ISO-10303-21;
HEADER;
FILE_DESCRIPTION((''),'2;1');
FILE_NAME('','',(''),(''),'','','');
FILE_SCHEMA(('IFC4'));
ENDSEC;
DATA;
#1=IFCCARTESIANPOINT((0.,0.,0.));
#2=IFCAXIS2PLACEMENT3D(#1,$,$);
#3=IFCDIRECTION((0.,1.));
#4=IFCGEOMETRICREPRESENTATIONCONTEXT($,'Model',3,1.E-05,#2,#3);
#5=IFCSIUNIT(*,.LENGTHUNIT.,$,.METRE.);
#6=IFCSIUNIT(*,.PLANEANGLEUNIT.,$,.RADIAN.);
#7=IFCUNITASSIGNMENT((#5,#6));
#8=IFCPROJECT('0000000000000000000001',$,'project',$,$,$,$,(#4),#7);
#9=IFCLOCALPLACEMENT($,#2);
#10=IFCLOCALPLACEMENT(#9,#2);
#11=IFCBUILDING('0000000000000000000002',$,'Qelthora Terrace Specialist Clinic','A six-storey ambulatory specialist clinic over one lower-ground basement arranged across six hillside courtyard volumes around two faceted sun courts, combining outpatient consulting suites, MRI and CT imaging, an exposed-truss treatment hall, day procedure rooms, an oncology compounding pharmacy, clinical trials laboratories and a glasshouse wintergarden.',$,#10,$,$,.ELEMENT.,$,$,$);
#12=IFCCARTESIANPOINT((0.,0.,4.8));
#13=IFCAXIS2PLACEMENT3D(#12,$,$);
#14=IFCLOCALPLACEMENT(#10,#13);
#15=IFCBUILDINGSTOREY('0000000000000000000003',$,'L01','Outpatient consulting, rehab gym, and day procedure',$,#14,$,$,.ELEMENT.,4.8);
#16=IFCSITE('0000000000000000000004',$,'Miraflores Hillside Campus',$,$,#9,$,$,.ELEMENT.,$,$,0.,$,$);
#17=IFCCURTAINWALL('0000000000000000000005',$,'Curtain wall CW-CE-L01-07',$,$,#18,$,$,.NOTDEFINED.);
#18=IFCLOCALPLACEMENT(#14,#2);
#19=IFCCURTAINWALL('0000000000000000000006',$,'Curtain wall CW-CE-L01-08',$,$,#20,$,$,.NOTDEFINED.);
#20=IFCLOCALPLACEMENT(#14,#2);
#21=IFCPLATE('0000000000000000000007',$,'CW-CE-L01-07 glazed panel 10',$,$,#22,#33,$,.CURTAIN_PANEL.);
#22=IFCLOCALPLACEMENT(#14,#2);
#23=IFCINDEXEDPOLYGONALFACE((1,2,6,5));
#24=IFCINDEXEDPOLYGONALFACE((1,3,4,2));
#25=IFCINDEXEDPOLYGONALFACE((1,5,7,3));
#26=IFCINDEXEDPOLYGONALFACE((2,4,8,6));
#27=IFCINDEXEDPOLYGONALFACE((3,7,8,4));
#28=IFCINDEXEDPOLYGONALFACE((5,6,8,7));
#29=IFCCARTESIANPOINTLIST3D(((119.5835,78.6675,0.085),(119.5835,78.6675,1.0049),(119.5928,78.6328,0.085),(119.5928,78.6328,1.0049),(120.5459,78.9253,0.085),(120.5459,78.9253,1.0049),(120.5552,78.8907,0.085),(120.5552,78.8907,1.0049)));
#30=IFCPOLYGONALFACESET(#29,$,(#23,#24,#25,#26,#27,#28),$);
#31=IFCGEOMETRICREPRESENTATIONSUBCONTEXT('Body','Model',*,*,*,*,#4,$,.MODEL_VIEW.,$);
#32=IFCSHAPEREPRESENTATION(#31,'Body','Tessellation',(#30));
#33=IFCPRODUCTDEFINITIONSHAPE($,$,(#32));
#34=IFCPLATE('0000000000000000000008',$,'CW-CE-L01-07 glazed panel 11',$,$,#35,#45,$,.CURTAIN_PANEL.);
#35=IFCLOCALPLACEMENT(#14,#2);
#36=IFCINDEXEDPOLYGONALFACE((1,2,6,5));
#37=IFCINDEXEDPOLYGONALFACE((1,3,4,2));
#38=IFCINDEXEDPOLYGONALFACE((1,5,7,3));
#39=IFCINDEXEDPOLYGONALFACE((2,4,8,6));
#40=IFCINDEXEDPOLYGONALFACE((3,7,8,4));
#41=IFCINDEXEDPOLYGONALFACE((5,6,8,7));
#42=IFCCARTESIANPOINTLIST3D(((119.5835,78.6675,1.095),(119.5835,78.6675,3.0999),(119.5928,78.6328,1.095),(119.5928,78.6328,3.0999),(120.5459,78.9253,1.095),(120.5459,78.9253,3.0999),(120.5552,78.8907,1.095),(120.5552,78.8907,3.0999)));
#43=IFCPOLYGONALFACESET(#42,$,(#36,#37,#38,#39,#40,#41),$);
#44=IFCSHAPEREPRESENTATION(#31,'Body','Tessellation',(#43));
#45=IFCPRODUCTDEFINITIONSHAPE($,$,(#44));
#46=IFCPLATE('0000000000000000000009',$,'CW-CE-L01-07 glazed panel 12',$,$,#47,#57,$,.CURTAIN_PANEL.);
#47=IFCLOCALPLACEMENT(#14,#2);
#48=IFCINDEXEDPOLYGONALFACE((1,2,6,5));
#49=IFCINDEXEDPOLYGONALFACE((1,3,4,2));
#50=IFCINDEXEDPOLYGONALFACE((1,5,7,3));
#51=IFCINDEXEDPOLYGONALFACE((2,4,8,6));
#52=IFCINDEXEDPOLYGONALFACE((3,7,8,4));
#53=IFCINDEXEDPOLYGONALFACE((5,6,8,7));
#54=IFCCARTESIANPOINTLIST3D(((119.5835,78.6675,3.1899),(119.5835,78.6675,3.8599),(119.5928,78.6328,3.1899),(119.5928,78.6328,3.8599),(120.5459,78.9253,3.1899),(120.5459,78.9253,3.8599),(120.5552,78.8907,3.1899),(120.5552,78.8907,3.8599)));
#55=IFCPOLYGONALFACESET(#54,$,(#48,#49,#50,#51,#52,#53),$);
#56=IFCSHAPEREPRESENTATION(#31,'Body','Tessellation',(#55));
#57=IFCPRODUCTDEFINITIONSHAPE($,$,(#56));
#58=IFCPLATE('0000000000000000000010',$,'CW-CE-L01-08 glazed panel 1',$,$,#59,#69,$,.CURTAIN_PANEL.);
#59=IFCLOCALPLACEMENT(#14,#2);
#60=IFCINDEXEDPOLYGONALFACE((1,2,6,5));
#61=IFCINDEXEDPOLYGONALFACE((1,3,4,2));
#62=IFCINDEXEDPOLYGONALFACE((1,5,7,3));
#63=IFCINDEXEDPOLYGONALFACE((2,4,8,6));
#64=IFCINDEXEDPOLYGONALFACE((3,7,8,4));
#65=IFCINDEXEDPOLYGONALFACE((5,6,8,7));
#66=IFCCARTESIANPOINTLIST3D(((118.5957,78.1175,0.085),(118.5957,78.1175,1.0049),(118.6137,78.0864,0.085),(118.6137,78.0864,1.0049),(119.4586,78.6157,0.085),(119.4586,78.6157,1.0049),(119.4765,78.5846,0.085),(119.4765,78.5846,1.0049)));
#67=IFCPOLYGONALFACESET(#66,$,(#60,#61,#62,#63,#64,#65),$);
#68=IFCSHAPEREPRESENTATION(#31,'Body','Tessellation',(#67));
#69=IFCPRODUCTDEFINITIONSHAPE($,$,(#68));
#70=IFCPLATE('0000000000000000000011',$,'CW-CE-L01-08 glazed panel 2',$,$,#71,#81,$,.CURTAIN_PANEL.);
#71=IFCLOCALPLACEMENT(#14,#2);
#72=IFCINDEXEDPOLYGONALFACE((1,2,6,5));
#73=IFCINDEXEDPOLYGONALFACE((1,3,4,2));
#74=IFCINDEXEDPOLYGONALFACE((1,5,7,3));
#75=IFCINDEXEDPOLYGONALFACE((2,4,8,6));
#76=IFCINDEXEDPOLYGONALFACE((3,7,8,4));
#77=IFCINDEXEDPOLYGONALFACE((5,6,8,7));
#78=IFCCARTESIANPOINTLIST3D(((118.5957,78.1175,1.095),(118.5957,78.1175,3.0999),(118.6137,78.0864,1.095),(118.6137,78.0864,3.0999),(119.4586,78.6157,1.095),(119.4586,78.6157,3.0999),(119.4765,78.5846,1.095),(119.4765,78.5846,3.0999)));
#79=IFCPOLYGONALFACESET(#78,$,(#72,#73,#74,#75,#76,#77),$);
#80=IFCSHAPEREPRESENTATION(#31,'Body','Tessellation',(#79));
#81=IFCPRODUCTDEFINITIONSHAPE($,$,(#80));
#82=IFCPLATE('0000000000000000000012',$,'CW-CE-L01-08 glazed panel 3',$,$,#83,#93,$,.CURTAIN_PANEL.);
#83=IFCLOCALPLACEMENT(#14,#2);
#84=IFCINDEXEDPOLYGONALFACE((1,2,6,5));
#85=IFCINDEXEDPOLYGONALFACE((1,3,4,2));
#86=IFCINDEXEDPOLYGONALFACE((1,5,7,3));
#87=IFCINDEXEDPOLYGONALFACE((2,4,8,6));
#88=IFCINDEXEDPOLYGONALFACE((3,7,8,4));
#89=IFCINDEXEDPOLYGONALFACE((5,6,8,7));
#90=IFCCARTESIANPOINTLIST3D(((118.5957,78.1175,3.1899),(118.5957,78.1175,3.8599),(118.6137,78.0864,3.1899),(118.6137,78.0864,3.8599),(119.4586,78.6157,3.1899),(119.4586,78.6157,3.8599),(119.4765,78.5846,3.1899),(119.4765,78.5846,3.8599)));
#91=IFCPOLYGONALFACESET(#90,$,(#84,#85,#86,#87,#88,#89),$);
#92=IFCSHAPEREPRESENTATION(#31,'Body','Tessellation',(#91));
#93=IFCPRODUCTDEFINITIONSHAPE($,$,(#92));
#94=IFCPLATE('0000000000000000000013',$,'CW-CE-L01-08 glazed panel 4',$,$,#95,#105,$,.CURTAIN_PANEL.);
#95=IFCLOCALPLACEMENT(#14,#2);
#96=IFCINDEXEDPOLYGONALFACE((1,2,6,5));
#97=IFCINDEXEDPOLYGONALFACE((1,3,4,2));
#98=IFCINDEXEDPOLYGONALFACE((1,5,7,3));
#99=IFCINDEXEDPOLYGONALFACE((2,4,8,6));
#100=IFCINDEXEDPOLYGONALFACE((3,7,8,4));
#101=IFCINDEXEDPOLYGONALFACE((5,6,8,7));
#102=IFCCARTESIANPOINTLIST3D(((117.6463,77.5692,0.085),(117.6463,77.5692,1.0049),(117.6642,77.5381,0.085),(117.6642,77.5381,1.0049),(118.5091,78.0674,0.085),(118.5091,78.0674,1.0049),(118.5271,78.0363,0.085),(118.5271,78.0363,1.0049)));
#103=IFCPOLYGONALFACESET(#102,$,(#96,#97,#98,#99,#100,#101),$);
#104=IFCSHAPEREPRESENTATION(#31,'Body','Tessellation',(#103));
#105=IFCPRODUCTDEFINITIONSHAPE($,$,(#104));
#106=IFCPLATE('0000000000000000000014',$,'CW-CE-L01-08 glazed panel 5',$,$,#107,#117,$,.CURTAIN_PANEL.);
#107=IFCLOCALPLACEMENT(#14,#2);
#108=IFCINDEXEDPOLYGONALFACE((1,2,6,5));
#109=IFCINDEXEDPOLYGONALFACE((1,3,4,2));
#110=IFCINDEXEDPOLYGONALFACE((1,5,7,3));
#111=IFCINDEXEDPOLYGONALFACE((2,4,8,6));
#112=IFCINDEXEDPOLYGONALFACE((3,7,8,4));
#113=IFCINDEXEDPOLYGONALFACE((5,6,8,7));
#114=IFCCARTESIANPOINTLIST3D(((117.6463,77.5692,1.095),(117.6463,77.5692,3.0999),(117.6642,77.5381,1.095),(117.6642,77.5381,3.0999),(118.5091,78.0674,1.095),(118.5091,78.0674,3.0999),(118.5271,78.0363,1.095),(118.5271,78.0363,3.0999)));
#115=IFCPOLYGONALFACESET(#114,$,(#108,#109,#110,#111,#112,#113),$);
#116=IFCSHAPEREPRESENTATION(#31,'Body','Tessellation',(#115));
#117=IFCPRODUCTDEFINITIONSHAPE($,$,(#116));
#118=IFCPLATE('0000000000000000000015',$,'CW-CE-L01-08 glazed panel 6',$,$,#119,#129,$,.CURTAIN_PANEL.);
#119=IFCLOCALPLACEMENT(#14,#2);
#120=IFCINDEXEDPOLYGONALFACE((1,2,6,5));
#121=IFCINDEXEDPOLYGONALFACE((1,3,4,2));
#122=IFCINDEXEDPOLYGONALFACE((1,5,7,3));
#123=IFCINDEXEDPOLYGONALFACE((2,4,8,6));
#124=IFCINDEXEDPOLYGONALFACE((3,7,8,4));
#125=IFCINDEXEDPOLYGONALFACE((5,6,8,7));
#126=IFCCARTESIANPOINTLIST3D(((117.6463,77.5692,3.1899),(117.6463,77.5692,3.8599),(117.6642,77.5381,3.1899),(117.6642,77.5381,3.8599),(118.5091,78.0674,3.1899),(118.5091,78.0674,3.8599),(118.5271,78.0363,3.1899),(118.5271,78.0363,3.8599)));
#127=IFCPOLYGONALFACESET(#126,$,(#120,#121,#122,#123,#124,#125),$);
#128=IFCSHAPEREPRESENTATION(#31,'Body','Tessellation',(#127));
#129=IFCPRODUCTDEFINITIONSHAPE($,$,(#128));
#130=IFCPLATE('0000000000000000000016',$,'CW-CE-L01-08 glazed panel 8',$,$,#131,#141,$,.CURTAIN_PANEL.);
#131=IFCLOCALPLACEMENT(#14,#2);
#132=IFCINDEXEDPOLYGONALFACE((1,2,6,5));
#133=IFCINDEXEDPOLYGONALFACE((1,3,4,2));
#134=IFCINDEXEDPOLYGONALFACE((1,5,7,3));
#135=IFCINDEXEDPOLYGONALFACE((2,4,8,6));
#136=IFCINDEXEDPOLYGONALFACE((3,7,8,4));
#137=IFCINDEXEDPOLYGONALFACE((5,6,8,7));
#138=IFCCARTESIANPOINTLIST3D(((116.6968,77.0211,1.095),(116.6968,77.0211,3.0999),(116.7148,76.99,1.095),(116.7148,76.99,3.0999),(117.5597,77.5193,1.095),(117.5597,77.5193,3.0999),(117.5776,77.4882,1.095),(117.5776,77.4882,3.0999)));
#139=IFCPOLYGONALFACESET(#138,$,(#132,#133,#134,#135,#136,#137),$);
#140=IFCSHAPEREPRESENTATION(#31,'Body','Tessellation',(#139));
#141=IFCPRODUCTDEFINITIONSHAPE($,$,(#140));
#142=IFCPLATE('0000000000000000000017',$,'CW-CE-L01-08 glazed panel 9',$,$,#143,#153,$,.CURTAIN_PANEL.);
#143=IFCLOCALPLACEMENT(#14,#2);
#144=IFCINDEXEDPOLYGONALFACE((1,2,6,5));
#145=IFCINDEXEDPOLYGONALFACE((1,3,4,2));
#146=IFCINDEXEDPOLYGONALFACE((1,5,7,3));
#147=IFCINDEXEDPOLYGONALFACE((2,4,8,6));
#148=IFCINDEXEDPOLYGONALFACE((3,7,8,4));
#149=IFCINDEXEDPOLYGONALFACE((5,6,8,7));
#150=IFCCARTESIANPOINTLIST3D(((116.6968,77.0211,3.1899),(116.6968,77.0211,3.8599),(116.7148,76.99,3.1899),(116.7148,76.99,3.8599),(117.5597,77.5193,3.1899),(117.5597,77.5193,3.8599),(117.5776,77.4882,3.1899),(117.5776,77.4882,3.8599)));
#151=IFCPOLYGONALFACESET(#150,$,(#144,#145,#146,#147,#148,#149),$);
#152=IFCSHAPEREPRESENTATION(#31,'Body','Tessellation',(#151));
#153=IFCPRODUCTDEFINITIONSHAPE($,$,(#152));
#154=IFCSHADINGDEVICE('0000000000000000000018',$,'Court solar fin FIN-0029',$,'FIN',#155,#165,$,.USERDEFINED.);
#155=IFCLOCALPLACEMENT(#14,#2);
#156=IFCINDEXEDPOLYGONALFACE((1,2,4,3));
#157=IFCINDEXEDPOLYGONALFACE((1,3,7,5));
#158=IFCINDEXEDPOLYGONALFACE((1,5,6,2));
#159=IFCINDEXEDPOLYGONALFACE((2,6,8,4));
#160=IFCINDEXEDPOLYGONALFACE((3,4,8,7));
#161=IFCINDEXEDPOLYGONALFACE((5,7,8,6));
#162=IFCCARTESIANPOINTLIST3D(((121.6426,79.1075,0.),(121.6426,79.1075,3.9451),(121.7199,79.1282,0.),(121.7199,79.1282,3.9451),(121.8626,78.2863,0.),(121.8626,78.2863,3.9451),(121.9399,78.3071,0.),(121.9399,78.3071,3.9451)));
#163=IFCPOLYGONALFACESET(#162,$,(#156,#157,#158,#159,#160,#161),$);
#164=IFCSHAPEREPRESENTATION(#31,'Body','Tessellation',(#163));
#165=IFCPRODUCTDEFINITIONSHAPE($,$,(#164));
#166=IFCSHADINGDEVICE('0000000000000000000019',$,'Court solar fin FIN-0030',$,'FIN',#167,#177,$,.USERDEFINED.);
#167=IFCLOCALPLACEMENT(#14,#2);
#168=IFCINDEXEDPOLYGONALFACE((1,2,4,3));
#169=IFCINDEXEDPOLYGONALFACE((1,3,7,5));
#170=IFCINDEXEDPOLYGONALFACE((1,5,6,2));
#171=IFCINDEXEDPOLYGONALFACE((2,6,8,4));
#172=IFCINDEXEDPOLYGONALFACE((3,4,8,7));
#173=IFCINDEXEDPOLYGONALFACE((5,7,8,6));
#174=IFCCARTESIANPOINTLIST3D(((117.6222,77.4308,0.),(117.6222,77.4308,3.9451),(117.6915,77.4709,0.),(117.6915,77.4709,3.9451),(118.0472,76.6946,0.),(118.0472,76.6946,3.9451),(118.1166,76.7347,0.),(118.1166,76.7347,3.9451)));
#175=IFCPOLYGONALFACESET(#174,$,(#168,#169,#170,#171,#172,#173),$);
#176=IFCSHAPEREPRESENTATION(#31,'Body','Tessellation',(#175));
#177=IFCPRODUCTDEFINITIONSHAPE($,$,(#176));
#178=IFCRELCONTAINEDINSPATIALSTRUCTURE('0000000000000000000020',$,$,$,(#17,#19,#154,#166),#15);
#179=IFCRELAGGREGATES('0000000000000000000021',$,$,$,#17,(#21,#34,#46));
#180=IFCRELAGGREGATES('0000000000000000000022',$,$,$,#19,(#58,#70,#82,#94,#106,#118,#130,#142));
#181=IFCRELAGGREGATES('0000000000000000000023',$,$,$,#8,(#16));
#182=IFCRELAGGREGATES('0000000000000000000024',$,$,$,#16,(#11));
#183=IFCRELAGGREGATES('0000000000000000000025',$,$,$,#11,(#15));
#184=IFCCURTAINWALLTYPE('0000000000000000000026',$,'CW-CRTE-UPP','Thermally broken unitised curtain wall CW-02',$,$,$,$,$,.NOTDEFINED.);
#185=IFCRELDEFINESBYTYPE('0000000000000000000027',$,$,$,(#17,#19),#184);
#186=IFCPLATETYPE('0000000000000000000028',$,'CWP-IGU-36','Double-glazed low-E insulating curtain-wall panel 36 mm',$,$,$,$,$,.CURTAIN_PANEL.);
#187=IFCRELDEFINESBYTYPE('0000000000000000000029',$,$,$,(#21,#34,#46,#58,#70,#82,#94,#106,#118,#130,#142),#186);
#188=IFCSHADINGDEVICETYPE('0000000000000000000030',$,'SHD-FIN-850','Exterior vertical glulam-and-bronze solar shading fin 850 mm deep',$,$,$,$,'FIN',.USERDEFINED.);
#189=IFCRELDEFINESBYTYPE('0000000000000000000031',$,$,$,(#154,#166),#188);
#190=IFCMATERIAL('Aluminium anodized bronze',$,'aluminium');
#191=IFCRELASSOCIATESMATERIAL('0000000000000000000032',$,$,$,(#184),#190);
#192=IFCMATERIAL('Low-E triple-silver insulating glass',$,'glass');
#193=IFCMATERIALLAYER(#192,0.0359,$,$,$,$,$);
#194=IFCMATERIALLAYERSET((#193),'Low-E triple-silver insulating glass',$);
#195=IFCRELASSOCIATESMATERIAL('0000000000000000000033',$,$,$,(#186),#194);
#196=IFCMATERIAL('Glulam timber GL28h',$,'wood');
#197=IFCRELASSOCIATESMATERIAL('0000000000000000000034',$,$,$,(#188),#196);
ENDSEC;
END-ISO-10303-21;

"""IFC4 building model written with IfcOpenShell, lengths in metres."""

from ifc_helpers import new_model, si_unit, direction, frame, origin, origin_2d, place, context, subcontext, project, spatial, rectangle, extrude, material, layer, layer_set, type_object, element, aggregate, save


model = new_model("IFC4")

# Units and contexts
model_context = context("Model", 3, precision=1e-05, world=origin(), true_north=direction((0.0, 1.0)))
body_context = subcontext(model_context, "Body", "Model", "MODEL_VIEW")
ifc_project = project(units=[si_unit("LENGTHUNIT", "METRE"), si_unit("PLANEANGLEUNIT", "RADIAN")], contexts=[model_context])

# Site, building, storey
site_placement = place(None, origin())
site = spatial("IfcSite", under=ifc_project, at=site_placement, Name="Miraflores Hillside Campus", CompositionType="ELEMENT", RefElevation=0.0)
building_placement = place(site_placement, origin())
building = spatial("IfcBuilding", under=site, at=building_placement, Name="Qelthora Terrace Specialist Clinic", Description="A six-storey ambulatory specialist clinic over one lower-ground basement arranged across six hillside courtyard volumes around two faceted sun courts, combining outpatient consulting suites, MRI and CT imaging, an exposed-truss treatment hall, day procedure rooms, an oncology compounding pharmacy, clinical trials laboratories and a glasshouse wintergarden.", CompositionType="ELEMENT")
storey_placement = place(building_placement, frame((0.0, 0.0, 4.8)))
storey = spatial("IfcBuildingStorey", under=building, at=storey_placement, Name="L01", Description="Outpatient consulting, rehab gym, and day procedure", CompositionType="ELEMENT", Elevation=4.8)

# Curtain walls
ifc_material_1 = material(Name="Aluminium anodized bronze", Category="aluminium")
curtain_wall_type = type_object("IfcCurtainWallType", Name="CW-CRTE-UPP", Description="Thermally broken unitised curtain wall CW-02", PredefinedType="NOTDEFINED", material=ifc_material_1)
curtain_wall_1_placement = place(storey_placement, origin())
curtain_wall_1 = element("IfcCurtainWall", 1, at=curtain_wall_1_placement, inside=storey, type_object=curtain_wall_type, Name="Curtain wall CW-CE-L01-07", PredefinedType="NOTDEFINED")
curtain_wall_2_placement = place(storey_placement, origin())
curtain_wall_2 = element("IfcCurtainWall", 2, at=curtain_wall_2_placement, inside=storey, type_object=curtain_wall_type, Name="Curtain wall CW-CE-L01-08", PredefinedType="NOTDEFINED")

# Plates
ifc_material_2 = material(Name="Low-E triple-silver insulating glass", Category="glass")
ifc_layer = layer(ifc_material_2, 0.0359)
ifc_layer_set = layer_set([ifc_layer], Name="Low-E triple-silver insulating glass")
plate_type = type_object("IfcPlateType", Name="CWP-IGU-36", Description="Double-glazed low-E insulating curtain-wall panel 36 mm", PredefinedType="CURTAIN_PANEL", material=ifc_layer_set)
plate_1_placement = place(storey_placement, frame((120.0693, 78.7791, 0.085), z_axis=(0.0, 0.0, 1.0), x_axis=(-0.965926, -0.258819, 0.0)))
plate_1 = element("IfcPlate", 3, at=plate_1_placement, type_object=plate_type, Name="CW-CE-L01-07 glazed panel 10", PredefinedType="CURTAIN_PANEL", context=body_context, shape_type="SweptSolid", body=[
    extrude(rectangle(XDim=0.9963, YDim=0.0359, at=origin_2d()), origin(), (0.0, 0.0, 1.0), 0.9199),
])
plate_2_placement = place(storey_placement, frame((120.0693, 78.7791, 1.095), z_axis=(0.0, 0.0, 1.0), x_axis=(-0.965926, -0.258819, 0.0)))
plate_2 = element("IfcPlate", 4, at=plate_2_placement, type_object=plate_type, Name="CW-CE-L01-07 glazed panel 11", PredefinedType="CURTAIN_PANEL", context=body_context, shape_type="SweptSolid", body=[
    extrude(rectangle(XDim=0.9963, YDim=0.0359, at=origin_2d()), origin(), (0.0, 0.0, 1.0), 2.0049),
])
plate_3_placement = place(storey_placement, frame((120.0693, 78.7791, 3.1899), z_axis=(0.0, 0.0, 1.0), x_axis=(-0.965926, -0.258819, 0.0)))
plate_3 = element("IfcPlate", 5, at=plate_3_placement, type_object=plate_type, Name="CW-CE-L01-07 glazed panel 12", PredefinedType="CURTAIN_PANEL", context=body_context, shape_type="SweptSolid", body=[
    extrude(rectangle(XDim=0.9963, YDim=0.0359, at=origin_2d()), origin(), (0.0, 0.0, 1.0), 0.6699),
])
aggregate(curtain_wall_1, [plate_1, plate_2, plate_3])
plate_4_placement = place(storey_placement, frame((119.0361, 78.3511, 0.085), z_axis=(0.0, 0.0, 1.0), x_axis=(-0.866025, -0.5, 0.0)))
plate_4 = element("IfcPlate", 6, at=plate_4_placement, type_object=plate_type, Name="CW-CE-L01-08 glazed panel 1", PredefinedType="CURTAIN_PANEL", context=body_context, shape_type="SweptSolid", body=[
    extrude(rectangle(XDim=0.9963, YDim=0.0359, at=origin_2d()), origin(), (0.0, 0.0, 1.0), 0.9199),
])
plate_5_placement = place(storey_placement, frame((119.0361, 78.3511, 1.095), z_axis=(0.0, 0.0, 1.0), x_axis=(-0.866025, -0.5, 0.0)))
plate_5 = element("IfcPlate", 7, at=plate_5_placement, type_object=plate_type, Name="CW-CE-L01-08 glazed panel 2", PredefinedType="CURTAIN_PANEL", context=body_context, shape_type="SweptSolid", body=[
    extrude(rectangle(XDim=0.9963, YDim=0.0359, at=origin_2d()), origin(), (0.0, 0.0, 1.0), 2.0049),
])
plate_6_placement = place(storey_placement, frame((119.0361, 78.3511, 3.1899), z_axis=(0.0, 0.0, 1.0), x_axis=(-0.866025, -0.5, 0.0)))
plate_6 = element("IfcPlate", 8, at=plate_6_placement, type_object=plate_type, Name="CW-CE-L01-08 glazed panel 3", PredefinedType="CURTAIN_PANEL", context=body_context, shape_type="SweptSolid", body=[
    extrude(rectangle(XDim=0.9963, YDim=0.0359, at=origin_2d()), origin(), (0.0, 0.0, 1.0), 0.6699),
])
plate_7_placement = place(storey_placement, frame((118.0867, 77.8027, 0.085), z_axis=(0.0, 0.0, 1.0), x_axis=(-0.866025, -0.5, 0.0)))
plate_7 = element("IfcPlate", 9, at=plate_7_placement, type_object=plate_type, Name="CW-CE-L01-08 glazed panel 4", PredefinedType="CURTAIN_PANEL", context=body_context, shape_type="SweptSolid", body=[
    extrude(rectangle(XDim=0.9963, YDim=0.0359, at=origin_2d()), origin(), (0.0, 0.0, 1.0), 0.9199),
])
plate_8_placement = place(storey_placement, frame((118.0867, 77.8027, 1.095), z_axis=(0.0, 0.0, 1.0), x_axis=(-0.866025, -0.5, 0.0)))
plate_8 = element("IfcPlate", 10, at=plate_8_placement, type_object=plate_type, Name="CW-CE-L01-08 glazed panel 5", PredefinedType="CURTAIN_PANEL", context=body_context, shape_type="SweptSolid", body=[
    extrude(rectangle(XDim=0.9963, YDim=0.0359, at=origin_2d()), origin(), (0.0, 0.0, 1.0), 2.0049),
])
plate_9_placement = place(storey_placement, frame((118.0867, 77.8027, 3.1899), z_axis=(0.0, 0.0, 1.0), x_axis=(-0.866025, -0.5, 0.0)))
plate_9 = element("IfcPlate", 11, at=plate_9_placement, type_object=plate_type, Name="CW-CE-L01-08 glazed panel 6", PredefinedType="CURTAIN_PANEL", context=body_context, shape_type="SweptSolid", body=[
    extrude(rectangle(XDim=0.9963, YDim=0.0359, at=origin_2d()), origin(), (0.0, 0.0, 1.0), 0.6699),
])
plate_10_placement = place(storey_placement, frame((117.1372, 77.2546, 1.095), z_axis=(0.0, 0.0, 1.0), x_axis=(-0.866025, -0.5, 0.0)))
plate_10 = element("IfcPlate", 12, at=plate_10_placement, type_object=plate_type, Name="CW-CE-L01-08 glazed panel 8", PredefinedType="CURTAIN_PANEL", context=body_context, shape_type="SweptSolid", body=[
    extrude(rectangle(XDim=0.9963, YDim=0.0359, at=origin_2d()), origin(), (0.0, 0.0, 1.0), 2.0049),
])
plate_11_placement = place(storey_placement, frame((117.1372, 77.2546, 3.1899), z_axis=(0.0, 0.0, 1.0), x_axis=(-0.866025, -0.5, 0.0)))
plate_11 = element("IfcPlate", 13, at=plate_11_placement, type_object=plate_type, Name="CW-CE-L01-08 glazed panel 9", PredefinedType="CURTAIN_PANEL", context=body_context, shape_type="SweptSolid", body=[
    extrude(rectangle(XDim=0.9963, YDim=0.0359, at=origin_2d()), origin(), (0.0, 0.0, 1.0), 0.6699),
])
aggregate(curtain_wall_2, [plate_4, plate_5, plate_6, plate_7, plate_8, plate_9, plate_10, plate_11])

# Shading devices
ifc_material_3 = material(Name="Glulam timber GL28h", Category="wood")
shading_device_type = type_object("IfcShadingDeviceType", Name="SHD-FIN-850", Description="Exterior vertical glulam-and-bronze solar shading fin 850 mm deep", ElementType="FIN", PredefinedType="USERDEFINED", material=ifc_material_3)
for number, where, z_axis, x_axis, name in (
    (14, (121.7913, 78.7073, 0.0), (0.0, 0.0, 1.0), (0.258819, -0.965926, 0.0), "Court solar fin FIN-0029"),
    (15, (117.8694, 77.0828, 0.0), (0.0, 0.0, 1.0), (0.5, -0.866025, 0.0), "Court solar fin FIN-0030"),
):
    element("IfcShadingDevice", number, at=place(storey_placement, frame(where, z_axis=z_axis, x_axis=x_axis)), inside=storey, type_object=shading_device_type, Name=name, ObjectType="FIN", PredefinedType="USERDEFINED", context=body_context, shape_type="SweptSolid", body=[
        extrude(rectangle(XDim=0.8501, YDim=0.0801, at=origin_2d()), origin(), (0.0, 0.0, 1.0), 3.9451),
    ])

save(model, "model.ifc")
